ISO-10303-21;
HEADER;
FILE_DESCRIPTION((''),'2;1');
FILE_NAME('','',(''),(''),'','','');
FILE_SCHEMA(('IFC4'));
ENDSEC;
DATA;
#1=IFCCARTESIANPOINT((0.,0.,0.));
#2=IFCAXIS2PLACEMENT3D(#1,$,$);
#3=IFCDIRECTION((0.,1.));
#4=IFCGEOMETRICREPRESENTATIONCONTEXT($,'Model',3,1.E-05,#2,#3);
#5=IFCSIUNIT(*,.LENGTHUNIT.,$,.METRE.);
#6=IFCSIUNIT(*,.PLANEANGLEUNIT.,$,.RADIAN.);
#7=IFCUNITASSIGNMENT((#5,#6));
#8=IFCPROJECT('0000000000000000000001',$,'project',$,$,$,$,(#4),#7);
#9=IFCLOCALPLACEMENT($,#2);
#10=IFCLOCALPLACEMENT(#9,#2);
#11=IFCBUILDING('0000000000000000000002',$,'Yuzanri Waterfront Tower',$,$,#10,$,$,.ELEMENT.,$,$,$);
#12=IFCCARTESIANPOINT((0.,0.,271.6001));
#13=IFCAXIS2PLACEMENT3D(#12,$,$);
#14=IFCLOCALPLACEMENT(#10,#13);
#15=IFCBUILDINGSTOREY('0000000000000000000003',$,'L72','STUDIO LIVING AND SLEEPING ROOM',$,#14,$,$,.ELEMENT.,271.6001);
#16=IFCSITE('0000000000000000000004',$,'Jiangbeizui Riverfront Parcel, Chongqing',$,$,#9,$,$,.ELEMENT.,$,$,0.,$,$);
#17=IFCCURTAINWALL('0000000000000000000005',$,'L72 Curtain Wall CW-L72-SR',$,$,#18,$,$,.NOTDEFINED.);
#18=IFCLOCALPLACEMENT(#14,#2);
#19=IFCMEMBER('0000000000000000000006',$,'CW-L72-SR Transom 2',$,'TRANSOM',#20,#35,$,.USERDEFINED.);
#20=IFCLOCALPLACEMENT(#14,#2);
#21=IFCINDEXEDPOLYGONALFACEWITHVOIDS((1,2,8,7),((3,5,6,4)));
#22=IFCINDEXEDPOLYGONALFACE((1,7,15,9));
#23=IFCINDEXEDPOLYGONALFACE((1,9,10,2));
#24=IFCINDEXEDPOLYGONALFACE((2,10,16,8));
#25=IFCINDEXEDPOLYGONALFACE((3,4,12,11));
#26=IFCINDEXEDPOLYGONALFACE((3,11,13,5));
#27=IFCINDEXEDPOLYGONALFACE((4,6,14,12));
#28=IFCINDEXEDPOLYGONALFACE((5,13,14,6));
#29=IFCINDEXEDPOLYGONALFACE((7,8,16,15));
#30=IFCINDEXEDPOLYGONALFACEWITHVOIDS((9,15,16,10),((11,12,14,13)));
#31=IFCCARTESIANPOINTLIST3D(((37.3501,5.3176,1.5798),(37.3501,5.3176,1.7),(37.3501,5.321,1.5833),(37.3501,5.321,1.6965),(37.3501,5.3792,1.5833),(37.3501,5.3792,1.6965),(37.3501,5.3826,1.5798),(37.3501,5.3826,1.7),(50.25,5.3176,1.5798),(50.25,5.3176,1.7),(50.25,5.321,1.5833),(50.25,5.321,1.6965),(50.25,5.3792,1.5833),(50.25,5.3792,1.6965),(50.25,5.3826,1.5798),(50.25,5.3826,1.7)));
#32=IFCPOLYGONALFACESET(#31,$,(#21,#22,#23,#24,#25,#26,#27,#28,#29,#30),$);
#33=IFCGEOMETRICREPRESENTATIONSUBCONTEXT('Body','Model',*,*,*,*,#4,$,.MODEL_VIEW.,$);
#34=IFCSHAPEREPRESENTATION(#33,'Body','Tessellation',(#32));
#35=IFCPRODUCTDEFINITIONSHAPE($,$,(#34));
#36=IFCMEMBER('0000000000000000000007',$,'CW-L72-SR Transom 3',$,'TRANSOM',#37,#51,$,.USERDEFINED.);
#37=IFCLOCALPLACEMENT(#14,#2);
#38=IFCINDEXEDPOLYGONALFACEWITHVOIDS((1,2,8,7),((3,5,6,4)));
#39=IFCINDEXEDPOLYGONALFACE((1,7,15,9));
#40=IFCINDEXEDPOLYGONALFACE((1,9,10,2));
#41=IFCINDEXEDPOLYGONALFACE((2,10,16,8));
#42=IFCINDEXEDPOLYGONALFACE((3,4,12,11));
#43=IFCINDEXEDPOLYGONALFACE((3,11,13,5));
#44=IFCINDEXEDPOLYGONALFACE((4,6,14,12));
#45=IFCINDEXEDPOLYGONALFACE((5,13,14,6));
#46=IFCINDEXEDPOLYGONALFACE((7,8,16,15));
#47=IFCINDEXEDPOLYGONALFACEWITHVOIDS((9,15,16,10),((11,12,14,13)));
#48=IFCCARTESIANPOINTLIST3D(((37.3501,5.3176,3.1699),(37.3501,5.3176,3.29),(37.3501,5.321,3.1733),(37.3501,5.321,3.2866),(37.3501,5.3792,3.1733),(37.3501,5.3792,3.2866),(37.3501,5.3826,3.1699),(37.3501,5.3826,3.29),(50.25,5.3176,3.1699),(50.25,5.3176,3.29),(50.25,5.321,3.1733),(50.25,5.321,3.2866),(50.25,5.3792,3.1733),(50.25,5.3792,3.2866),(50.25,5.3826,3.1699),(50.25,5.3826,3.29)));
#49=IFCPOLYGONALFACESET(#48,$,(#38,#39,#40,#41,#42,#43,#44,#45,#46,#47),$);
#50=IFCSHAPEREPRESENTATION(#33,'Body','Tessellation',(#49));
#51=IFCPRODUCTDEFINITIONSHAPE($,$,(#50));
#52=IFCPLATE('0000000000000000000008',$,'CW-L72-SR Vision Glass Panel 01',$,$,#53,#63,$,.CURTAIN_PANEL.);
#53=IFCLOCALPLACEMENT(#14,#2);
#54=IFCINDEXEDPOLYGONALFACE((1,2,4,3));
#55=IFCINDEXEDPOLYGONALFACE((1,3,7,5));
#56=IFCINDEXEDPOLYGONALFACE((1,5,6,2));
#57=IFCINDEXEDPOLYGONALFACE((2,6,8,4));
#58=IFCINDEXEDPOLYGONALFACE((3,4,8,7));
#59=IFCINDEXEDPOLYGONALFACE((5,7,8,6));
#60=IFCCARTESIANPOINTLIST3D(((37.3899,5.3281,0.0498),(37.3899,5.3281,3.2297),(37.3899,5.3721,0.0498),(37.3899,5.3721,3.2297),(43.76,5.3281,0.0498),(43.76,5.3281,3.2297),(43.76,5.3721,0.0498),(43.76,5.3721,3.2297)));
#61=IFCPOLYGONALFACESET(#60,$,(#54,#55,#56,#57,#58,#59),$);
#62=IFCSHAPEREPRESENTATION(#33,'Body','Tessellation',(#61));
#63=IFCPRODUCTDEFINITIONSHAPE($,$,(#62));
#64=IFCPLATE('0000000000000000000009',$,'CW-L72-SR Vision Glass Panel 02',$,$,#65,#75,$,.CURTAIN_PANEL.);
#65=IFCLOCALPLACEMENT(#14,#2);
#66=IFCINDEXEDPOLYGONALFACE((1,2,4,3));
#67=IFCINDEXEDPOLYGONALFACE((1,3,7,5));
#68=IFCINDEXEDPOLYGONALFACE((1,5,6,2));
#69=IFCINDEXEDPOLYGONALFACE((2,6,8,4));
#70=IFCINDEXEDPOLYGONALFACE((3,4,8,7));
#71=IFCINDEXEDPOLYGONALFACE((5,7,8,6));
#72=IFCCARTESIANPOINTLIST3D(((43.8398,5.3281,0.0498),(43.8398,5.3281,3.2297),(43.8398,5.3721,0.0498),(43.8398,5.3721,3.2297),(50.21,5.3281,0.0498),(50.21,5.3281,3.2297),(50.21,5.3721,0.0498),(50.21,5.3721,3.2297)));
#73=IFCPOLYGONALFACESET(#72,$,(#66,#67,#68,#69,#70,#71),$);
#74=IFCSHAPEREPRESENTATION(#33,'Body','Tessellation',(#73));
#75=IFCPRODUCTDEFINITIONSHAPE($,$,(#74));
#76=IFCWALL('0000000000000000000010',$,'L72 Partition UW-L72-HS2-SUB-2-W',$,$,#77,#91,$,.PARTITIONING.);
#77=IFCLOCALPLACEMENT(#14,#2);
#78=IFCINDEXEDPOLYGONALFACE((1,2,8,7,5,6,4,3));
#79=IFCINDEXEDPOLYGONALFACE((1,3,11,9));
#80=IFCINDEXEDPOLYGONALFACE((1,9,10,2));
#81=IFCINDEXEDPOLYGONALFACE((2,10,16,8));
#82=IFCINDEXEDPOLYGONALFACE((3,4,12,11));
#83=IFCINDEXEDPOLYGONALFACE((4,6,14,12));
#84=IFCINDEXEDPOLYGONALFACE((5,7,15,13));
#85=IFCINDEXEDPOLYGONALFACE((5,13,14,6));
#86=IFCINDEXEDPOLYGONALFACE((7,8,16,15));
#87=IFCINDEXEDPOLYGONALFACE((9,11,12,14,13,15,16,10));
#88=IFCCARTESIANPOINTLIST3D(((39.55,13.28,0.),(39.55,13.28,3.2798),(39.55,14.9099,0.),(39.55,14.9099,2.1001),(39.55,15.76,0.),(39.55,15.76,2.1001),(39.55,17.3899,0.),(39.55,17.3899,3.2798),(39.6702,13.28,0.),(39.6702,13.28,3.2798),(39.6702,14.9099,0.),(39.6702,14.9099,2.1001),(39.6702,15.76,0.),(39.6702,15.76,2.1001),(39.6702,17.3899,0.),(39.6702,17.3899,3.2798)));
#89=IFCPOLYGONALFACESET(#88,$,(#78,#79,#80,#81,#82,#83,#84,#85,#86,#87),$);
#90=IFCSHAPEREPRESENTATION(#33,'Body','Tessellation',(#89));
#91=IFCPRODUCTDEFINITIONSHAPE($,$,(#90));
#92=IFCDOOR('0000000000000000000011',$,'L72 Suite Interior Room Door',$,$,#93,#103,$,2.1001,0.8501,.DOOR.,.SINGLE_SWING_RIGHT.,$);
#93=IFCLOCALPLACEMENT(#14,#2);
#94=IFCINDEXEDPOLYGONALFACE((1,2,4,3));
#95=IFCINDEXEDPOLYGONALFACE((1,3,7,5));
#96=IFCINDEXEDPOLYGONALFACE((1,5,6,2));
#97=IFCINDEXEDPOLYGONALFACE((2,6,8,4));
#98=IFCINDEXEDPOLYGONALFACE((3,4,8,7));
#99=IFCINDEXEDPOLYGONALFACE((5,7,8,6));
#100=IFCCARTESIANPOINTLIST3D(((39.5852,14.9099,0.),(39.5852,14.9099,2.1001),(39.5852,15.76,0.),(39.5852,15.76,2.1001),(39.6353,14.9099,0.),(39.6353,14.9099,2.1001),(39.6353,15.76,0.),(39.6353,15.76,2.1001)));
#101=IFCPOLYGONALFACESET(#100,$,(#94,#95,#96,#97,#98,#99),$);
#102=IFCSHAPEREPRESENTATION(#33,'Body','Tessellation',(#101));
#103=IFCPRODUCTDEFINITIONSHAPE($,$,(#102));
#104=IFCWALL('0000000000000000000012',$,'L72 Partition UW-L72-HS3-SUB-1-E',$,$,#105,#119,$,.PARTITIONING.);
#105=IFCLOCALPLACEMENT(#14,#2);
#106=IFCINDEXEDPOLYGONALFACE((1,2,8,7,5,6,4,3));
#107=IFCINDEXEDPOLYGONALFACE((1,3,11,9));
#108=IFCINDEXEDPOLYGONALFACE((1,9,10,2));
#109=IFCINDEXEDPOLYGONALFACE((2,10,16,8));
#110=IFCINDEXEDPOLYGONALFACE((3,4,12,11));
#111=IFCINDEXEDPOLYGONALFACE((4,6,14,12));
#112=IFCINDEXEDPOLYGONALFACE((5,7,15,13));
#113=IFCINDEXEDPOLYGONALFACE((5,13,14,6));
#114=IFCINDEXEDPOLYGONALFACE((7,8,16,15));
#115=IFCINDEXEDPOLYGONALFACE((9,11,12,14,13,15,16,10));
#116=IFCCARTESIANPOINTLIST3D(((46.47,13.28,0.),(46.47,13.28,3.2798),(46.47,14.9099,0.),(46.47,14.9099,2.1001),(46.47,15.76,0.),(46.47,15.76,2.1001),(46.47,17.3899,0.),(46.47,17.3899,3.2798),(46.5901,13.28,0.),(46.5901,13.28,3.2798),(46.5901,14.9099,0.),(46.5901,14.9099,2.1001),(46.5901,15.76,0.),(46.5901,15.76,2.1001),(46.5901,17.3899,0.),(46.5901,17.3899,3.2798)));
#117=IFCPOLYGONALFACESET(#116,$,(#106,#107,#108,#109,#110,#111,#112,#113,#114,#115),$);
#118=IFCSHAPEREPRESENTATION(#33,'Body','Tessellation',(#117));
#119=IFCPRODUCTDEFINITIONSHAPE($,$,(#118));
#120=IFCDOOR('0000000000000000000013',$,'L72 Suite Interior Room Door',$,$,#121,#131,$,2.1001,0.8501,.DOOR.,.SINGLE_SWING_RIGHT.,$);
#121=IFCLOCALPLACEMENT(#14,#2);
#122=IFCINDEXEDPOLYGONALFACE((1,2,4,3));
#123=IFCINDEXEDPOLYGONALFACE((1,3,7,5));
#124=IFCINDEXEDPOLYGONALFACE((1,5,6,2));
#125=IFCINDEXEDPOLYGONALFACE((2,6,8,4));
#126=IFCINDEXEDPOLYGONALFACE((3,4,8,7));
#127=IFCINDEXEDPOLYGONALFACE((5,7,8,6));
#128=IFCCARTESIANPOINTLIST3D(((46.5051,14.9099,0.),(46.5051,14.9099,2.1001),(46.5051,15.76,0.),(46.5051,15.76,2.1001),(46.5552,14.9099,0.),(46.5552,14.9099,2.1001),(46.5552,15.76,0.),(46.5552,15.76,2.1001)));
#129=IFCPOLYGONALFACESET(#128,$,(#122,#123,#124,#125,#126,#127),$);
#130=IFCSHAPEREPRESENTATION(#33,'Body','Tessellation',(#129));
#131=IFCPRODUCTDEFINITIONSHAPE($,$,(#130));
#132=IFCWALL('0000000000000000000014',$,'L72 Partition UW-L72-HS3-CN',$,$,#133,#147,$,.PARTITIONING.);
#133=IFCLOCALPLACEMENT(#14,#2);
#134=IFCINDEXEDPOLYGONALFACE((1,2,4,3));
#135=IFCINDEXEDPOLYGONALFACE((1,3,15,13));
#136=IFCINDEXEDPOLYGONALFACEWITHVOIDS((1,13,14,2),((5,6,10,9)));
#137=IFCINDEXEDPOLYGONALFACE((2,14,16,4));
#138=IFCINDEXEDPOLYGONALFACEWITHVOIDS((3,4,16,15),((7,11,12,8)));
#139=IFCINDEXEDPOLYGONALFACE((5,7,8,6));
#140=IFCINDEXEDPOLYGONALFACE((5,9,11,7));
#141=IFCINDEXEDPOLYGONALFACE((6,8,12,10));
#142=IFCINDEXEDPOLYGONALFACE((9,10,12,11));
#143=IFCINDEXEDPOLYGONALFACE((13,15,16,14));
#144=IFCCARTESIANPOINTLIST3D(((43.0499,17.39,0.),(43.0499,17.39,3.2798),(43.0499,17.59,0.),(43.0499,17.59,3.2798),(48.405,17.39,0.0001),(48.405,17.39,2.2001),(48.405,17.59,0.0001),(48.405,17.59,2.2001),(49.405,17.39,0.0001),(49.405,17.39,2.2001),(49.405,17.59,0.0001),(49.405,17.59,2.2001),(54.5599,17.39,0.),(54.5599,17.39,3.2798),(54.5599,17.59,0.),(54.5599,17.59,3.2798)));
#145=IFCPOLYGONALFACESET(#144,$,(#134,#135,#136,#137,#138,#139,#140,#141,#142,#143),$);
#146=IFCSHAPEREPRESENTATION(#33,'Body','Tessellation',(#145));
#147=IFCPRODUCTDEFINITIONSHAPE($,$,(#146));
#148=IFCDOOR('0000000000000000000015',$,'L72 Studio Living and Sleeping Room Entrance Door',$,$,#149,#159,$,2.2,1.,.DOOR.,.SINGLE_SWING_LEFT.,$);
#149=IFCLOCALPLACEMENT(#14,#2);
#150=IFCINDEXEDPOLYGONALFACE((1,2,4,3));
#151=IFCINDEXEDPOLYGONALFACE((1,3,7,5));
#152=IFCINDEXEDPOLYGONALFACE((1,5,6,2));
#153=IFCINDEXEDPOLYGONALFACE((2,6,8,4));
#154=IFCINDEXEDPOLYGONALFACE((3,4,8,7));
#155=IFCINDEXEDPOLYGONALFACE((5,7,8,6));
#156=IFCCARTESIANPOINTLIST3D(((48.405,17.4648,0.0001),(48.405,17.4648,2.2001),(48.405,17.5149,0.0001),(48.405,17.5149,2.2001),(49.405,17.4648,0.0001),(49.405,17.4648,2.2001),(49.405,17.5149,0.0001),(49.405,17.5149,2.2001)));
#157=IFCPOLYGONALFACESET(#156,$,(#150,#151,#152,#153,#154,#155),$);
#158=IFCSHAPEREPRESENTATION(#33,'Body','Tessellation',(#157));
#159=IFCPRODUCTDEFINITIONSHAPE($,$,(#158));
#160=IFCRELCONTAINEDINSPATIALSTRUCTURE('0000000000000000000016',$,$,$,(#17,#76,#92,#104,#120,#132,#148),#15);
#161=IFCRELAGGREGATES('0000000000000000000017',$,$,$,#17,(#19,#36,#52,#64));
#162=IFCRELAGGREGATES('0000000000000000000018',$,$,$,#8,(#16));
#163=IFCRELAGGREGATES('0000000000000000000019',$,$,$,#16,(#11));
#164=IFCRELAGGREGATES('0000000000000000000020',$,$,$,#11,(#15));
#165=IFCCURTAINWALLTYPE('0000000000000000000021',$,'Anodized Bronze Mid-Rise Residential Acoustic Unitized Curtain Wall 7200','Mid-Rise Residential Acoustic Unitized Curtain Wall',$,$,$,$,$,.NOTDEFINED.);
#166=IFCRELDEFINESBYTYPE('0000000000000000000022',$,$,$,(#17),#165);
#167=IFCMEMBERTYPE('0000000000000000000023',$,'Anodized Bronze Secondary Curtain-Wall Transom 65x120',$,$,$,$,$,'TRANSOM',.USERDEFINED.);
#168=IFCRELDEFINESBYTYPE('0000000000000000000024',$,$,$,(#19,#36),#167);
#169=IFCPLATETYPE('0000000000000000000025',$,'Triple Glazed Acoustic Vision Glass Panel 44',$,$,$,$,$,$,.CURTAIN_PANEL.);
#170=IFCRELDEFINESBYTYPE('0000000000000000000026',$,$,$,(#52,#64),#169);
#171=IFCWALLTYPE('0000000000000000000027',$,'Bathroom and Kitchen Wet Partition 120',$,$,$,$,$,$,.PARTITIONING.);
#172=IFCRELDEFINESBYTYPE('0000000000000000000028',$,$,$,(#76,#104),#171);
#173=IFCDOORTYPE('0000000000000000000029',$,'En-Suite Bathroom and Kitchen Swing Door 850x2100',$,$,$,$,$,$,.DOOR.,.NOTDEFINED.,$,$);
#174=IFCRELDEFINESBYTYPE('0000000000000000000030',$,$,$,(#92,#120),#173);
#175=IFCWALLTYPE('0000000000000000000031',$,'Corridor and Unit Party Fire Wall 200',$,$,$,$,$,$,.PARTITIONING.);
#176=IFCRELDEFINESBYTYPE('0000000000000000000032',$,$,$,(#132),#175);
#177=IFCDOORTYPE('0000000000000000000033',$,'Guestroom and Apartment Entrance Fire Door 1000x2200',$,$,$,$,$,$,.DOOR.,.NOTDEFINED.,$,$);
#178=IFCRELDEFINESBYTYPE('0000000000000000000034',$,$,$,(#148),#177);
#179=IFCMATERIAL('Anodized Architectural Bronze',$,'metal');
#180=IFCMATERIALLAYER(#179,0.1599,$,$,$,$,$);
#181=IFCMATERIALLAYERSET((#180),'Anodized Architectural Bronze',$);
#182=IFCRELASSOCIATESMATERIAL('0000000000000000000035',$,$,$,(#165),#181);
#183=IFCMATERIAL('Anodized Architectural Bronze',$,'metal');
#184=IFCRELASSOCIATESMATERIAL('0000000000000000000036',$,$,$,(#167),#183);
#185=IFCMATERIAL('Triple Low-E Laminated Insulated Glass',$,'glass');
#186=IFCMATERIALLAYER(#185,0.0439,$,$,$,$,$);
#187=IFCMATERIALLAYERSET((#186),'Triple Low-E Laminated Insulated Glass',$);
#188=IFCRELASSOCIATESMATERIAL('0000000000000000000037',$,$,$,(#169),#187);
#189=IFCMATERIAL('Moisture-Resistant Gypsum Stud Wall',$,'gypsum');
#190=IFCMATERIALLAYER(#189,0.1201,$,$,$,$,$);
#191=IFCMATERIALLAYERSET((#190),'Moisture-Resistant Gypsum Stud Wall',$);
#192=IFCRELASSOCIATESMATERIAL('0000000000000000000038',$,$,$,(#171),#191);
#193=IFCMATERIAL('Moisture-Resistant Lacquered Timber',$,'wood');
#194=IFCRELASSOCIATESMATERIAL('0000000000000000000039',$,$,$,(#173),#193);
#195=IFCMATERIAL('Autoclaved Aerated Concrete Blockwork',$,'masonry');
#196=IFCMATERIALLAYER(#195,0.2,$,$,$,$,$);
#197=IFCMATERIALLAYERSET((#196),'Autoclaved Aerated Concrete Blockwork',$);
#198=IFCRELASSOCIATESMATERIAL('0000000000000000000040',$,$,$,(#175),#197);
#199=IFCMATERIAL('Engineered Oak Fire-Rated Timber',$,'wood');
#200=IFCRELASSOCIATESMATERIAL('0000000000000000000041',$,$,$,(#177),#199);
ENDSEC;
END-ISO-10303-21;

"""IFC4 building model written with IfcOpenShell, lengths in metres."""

from ifc_helpers import new_model, si_unit, direction, frame, frame_2d, origin, origin_2d, place, context, subcontext, project, spatial, rectangle, hollow_rectangle, extrude, source, transform, mapped, material, layer, layer_set, material_profile, profile_set, type_object, element, fill, aggregate, save


model = new_model("IFC4")

# Units and contexts
model_context = context("Model", 3, precision=1e-05, world=origin(), true_north=direction((0.0, 1.0)))
body_context = subcontext(model_context, "Body", "Model", "MODEL_VIEW")
ifc_project = project(units=[si_unit("LENGTHUNIT", "METRE"), si_unit("PLANEANGLEUNIT", "RADIAN")], contexts=[model_context])

# Site, building, storey
site_placement = place(None, origin())
site = spatial("IfcSite", under=ifc_project, at=site_placement, Name="Jiangbeizui Riverfront Parcel, Chongqing", CompositionType="ELEMENT", RefElevation=0.0)
building_placement = place(site_placement, origin())
building = spatial("IfcBuilding", under=site, at=building_placement, Name="Yuzanri Waterfront Tower", CompositionType="ELEMENT")
storey_placement = place(building_placement, frame((0.0, 0.0, 271.6001)))
storey = spatial("IfcBuildingStorey", under=building, at=storey_placement, Name="L72", Description="STUDIO LIVING AND SLEEPING ROOM", CompositionType="ELEMENT", Elevation=271.6001)

# Curtain wall, members, plates
ifc_material_1 = material(Name="Anodized Architectural Bronze", Category="metal")
ifc_layer_1 = layer(ifc_material_1, 0.1599)
ifc_layer_set_1 = layer_set([ifc_layer_1], Name="Anodized Architectural Bronze")
curtain_wall_type = type_object("IfcCurtainWallType", Name="Anodized Bronze Mid-Rise Residential Acoustic Unitized Curtain Wall 7200", Description="Mid-Rise Residential Acoustic Unitized Curtain Wall", PredefinedType="NOTDEFINED", material=ifc_layer_set_1)
curtain_wall_placement = place(storey_placement, origin())
curtain_wall = element("IfcCurtainWall", 1, at=curtain_wall_placement, inside=storey, type_object=curtain_wall_type, Name="L72 Curtain Wall CW-L72-SR", PredefinedType="NOTDEFINED")
ifc_material_2 = material(Name="Anodized Architectural Bronze", Category="metal")
ifc_material_profile_1 = material_profile(ifc_material_2, hollow_rectangle(XDim=0.0649, YDim=0.1201, WallThickness=0.0034, at=origin_2d()), Name="CWT 65x120")
ifc_profile_set_1 = profile_set([ifc_material_profile_1], Name="Anodized Architectural Bronze")
member_type_1 = type_object("IfcMemberType", Name="Anodized Bronze Secondary Curtain-Wall Transom 65x120", ElementType="TRANSOM", PredefinedType="USERDEFINED", material=ifc_profile_set_1)
shared_shape_1 = source(origin(), body_context, "Body", "SweptSolid", [
    extrude(hollow_rectangle(XDim=0.0649, YDim=0.1201, WallThickness=0.0034, at=origin_2d()), origin(), (0.0, 0.0, 1.0), 12.8999),
])
member_1_placement = place(storey_placement, frame((37.3501, 5.3501, 1.6399), z_axis=(1.0, 0.0, 0.0), x_axis=(0.0, 1.0, 0.0)))
member_1 = element("IfcMember", 2, at=member_1_placement, type_object=member_type_1, Name="CW-L72-SR Transom 2", ObjectType="TRANSOM", PredefinedType="USERDEFINED", context=body_context, shape_type="MappedRepresentation", body=[
    mapped(shared_shape_1, transform((0.0, 0.0, 0.0), scale=1.0)),
])
member_2_placement = place(storey_placement, frame((37.3501, 5.3501, 3.23), z_axis=(1.0, 0.0, 0.0), x_axis=(0.0, 1.0, 0.0)))
member_2 = element("IfcMember", 3, at=member_2_placement, type_object=member_type_1, Name="CW-L72-SR Transom 3", ObjectType="TRANSOM", PredefinedType="USERDEFINED", context=body_context, shape_type="MappedRepresentation", body=[
    mapped(shared_shape_1, transform((0.0, 0.0, 0.0), scale=1.0)),
])
ifc_material_3 = material(Name="Triple Low-E Laminated Insulated Glass", Category="glass")
ifc_layer_2 = layer(ifc_material_3, 0.0439)
ifc_layer_set_2 = layer_set([ifc_layer_2], Name="Triple Low-E Laminated Insulated Glass")
plate_type = type_object("IfcPlateType", Name="Triple Glazed Acoustic Vision Glass Panel 44", PredefinedType="CURTAIN_PANEL", material=ifc_layer_set_2)
shared_shape_2 = source(origin(), body_context, "Body", "SweptSolid", [
    extrude(rectangle(XDim=6.3701, YDim=0.0439, at=origin_2d()), origin(), (0.0, 0.0, 1.0), 3.1799),
])
plate_1_placement = place(storey_placement, frame((40.575, 5.3501, 0.0498), z_axis=(0.0, 0.0, 1.0), x_axis=(1.0, 0.0, 0.0)))
plate_1 = element("IfcPlate", 4, at=plate_1_placement, type_object=plate_type, Name="CW-L72-SR Vision Glass Panel 01", PredefinedType="CURTAIN_PANEL", context=body_context, shape_type="MappedRepresentation", body=[
    mapped(shared_shape_2, transform((0.0, 0.0, 0.0), scale=1.0)),
])
plate_2_placement = place(storey_placement, frame((47.0249, 5.3501, 0.0498), z_axis=(0.0, 0.0, 1.0), x_axis=(1.0, 0.0, 0.0)))
plate_2 = element("IfcPlate", 5, at=plate_2_placement, type_object=plate_type, Name="CW-L72-SR Vision Glass Panel 02", PredefinedType="CURTAIN_PANEL", context=body_context, shape_type="MappedRepresentation", body=[
    mapped(shared_shape_2, transform((0.0, 0.0, 0.0), scale=1.0)),
])
aggregate(curtain_wall, [member_1, member_2, plate_1, plate_2])

# Walls, openings, doors
ifc_material_4 = material(Name="Moisture-Resistant Gypsum Stud Wall", Category="gypsum")
ifc_layer_3 = layer(ifc_material_4, 0.1201)
ifc_layer_set_3 = layer_set([ifc_layer_3], Name="Moisture-Resistant Gypsum Stud Wall")
wall_type_1 = type_object("IfcWallType", Name="Bathroom and Kitchen Wet Partition 120", PredefinedType="PARTITIONING", material=ifc_layer_set_3)
wall_1_placement = place(storey_placement, frame((39.6101, 13.28, 0.0), z_axis=(0.0, 0.0, 1.0), x_axis=(0.0, 1.0, 0.0)))
wall_1 = element("IfcWall", 6, at=wall_1_placement, inside=storey, type_object=wall_type_1, Name="L72 Partition UW-L72-HS2-SUB-2-W", PredefinedType="PARTITIONING", context=body_context, shape_type="SweptSolid", body=[
    extrude(rectangle(XDim=4.1099, YDim=0.1201, at=frame_2d((2.0549, 0.0))), origin(), (0.0, 0.0, 1.0), 3.2798),
])
opening_1_placement = place(wall_1_placement, frame((1.6299, 0.0, 0.0)))
opening_1 = element("IfcOpeningElement", 7, at=opening_1_placement, cuts=wall_1, PredefinedType="OPENING", context=body_context, shape_type="SweptSolid", body=[
    extrude(rectangle(XDim=0.8501, YDim=2.1001, at=frame_2d((0.425, 1.05))), frame((0.0, 0.075, 0.0), z_axis=(0.0, -1.0, 0.0), x_axis=(1.0, 0.0, 0.0)), (0.0, 0.0, 1.0), 0.1499),
])
ifc_material_5 = material(Name="Moisture-Resistant Lacquered Timber", Category="wood")
door_type_1 = type_object("IfcDoorType", Name="En-Suite Bathroom and Kitchen Swing Door 850x2100", OperationType="NOTDEFINED", PredefinedType="DOOR", material=ifc_material_5)
shared_shape_3 = source(origin(), body_context, "Body", "SweptSolid", [
    extrude(rectangle(XDim=0.8501, YDim=2.1001, at=frame_2d((0.425, 1.05))), frame((0.0, 0.0249, 0.0), z_axis=(0.0, -1.0, 0.0), x_axis=(1.0, 0.0, 0.0)), (0.0, 0.0, 1.0), 0.05),
])
door_1_placement = place(opening_1_placement, origin())
door_1 = element("IfcDoor", 8, at=door_1_placement, inside=storey, type_object=door_type_1, Name="L72 Suite Interior Room Door", OperationType="SINGLE_SWING_RIGHT", OverallHeight=2.1001, OverallWidth=0.8501, PredefinedType="DOOR", context=body_context, shape_type="MappedRepresentation", body=[
    mapped(shared_shape_3, transform((0.0, 0.0, 0.0), scale=1.0)),
])
fill(opening_1, door_1)
wall_2_placement = place(storey_placement, frame((46.53, 13.28, 0.0), z_axis=(0.0, 0.0, 1.0), x_axis=(0.0, 1.0, 0.0)))
wall_2 = element("IfcWall", 9, at=wall_2_placement, inside=storey, type_object=wall_type_1, Name="L72 Partition UW-L72-HS3-SUB-1-E", PredefinedType="PARTITIONING", context=body_context, shape_type="SweptSolid", body=[
    extrude(rectangle(XDim=4.1099, YDim=0.1201, at=frame_2d((2.0549, 0.0))), origin(), (0.0, 0.0, 1.0), 3.2798),
])
opening_2_placement = place(wall_2_placement, frame((1.6299, 0.0, 0.0)))
opening_2 = element("IfcOpeningElement", 10, at=opening_2_placement, cuts=wall_2, PredefinedType="OPENING", context=body_context, shape_type="SweptSolid", body=[
    extrude(rectangle(XDim=0.8501, YDim=2.1001, at=frame_2d((0.425, 1.05))), frame((0.0, 0.075, 0.0), z_axis=(0.0, -1.0, 0.0), x_axis=(1.0, 0.0, 0.0)), (0.0, 0.0, 1.0), 0.1499),
])
door_2_placement = place(opening_2_placement, origin())
door_2 = element("IfcDoor", 11, at=door_2_placement, inside=storey, type_object=door_type_1, Name="L72 Suite Interior Room Door", OperationType="SINGLE_SWING_RIGHT", OverallHeight=2.1001, OverallWidth=0.8501, PredefinedType="DOOR", context=body_context, shape_type="MappedRepresentation", body=[
    mapped(shared_shape_3, transform((0.0, 0.0, 0.0), scale=1.0)),
])
fill(opening_2, door_2)
ifc_material_6 = material(Name="Autoclaved Aerated Concrete Blockwork", Category="masonry")
ifc_layer_4 = layer(ifc_material_6, 0.2)
ifc_layer_set_4 = layer_set([ifc_layer_4], Name="Autoclaved Aerated Concrete Blockwork")
wall_type_2 = type_object("IfcWallType", Name="Corridor and Unit Party Fire Wall 200", PredefinedType="PARTITIONING", material=ifc_layer_set_4)
wall_3_placement = place(storey_placement, frame((43.05, 17.49, 0.0), z_axis=(0.0, 0.0, 1.0), x_axis=(1.0, 0.0, 0.0)))
wall_3 = element("IfcWall", 12, at=wall_3_placement, inside=storey, type_object=wall_type_2, Name="L72 Partition UW-L72-HS3-CN", PredefinedType="PARTITIONING", context=body_context, shape_type="SweptSolid", body=[
    extrude(rectangle(XDim=11.51, YDim=0.2, at=frame_2d((5.7549, 0.0))), origin(), (0.0, 0.0, 1.0), 3.2798),
])
opening_3_placement = place(wall_3_placement, frame((5.355, 0.0, 0.0)))
opening_3 = element("IfcOpeningElement", 13, at=opening_3_placement, cuts=wall_3, PredefinedType="OPENING", context=body_context, shape_type="SweptSolid", body=[
    extrude(rectangle(XDim=1.0, YDim=2.2, at=frame_2d((0.5, 1.1001))), frame((0.0, 0.1147, 0.0), z_axis=(0.0, -1.0, 0.0), x_axis=(1.0, 0.0, 0.0)), (0.0, 0.0, 1.0), 0.2297),
])
ifc_material_7 = material(Name="Engineered Oak Fire-Rated Timber", Category="wood")
door_type_2 = type_object("IfcDoorType", Name="Guestroom and Apartment Entrance Fire Door 1000x2200", OperationType="NOTDEFINED", PredefinedType="DOOR", material=ifc_material_7)
shared_shape_4 = source(origin(), body_context, "Body", "SweptSolid", [
    extrude(rectangle(XDim=1.0, YDim=2.2, at=frame_2d((0.5, 1.1001))), frame((0.0, 0.0249, 0.0), z_axis=(0.0, -1.0, 0.0), x_axis=(1.0, 0.0, 0.0)), (0.0, 0.0, 1.0), 0.05),
])
door_3_placement = place(opening_3_placement, origin())
door_3 = element("IfcDoor", 14, at=door_3_placement, inside=storey, type_object=door_type_2, Name="L72 Studio Living and Sleeping Room Entrance Door", OperationType="SINGLE_SWING_LEFT", OverallHeight=2.2, OverallWidth=1.0, PredefinedType="DOOR", context=body_context, shape_type="MappedRepresentation", body=[
    mapped(shared_shape_4, transform((0.0, 0.0, 0.0), scale=1.0)),
])
fill(opening_3, door_3)

save(model, "model.ifc")
